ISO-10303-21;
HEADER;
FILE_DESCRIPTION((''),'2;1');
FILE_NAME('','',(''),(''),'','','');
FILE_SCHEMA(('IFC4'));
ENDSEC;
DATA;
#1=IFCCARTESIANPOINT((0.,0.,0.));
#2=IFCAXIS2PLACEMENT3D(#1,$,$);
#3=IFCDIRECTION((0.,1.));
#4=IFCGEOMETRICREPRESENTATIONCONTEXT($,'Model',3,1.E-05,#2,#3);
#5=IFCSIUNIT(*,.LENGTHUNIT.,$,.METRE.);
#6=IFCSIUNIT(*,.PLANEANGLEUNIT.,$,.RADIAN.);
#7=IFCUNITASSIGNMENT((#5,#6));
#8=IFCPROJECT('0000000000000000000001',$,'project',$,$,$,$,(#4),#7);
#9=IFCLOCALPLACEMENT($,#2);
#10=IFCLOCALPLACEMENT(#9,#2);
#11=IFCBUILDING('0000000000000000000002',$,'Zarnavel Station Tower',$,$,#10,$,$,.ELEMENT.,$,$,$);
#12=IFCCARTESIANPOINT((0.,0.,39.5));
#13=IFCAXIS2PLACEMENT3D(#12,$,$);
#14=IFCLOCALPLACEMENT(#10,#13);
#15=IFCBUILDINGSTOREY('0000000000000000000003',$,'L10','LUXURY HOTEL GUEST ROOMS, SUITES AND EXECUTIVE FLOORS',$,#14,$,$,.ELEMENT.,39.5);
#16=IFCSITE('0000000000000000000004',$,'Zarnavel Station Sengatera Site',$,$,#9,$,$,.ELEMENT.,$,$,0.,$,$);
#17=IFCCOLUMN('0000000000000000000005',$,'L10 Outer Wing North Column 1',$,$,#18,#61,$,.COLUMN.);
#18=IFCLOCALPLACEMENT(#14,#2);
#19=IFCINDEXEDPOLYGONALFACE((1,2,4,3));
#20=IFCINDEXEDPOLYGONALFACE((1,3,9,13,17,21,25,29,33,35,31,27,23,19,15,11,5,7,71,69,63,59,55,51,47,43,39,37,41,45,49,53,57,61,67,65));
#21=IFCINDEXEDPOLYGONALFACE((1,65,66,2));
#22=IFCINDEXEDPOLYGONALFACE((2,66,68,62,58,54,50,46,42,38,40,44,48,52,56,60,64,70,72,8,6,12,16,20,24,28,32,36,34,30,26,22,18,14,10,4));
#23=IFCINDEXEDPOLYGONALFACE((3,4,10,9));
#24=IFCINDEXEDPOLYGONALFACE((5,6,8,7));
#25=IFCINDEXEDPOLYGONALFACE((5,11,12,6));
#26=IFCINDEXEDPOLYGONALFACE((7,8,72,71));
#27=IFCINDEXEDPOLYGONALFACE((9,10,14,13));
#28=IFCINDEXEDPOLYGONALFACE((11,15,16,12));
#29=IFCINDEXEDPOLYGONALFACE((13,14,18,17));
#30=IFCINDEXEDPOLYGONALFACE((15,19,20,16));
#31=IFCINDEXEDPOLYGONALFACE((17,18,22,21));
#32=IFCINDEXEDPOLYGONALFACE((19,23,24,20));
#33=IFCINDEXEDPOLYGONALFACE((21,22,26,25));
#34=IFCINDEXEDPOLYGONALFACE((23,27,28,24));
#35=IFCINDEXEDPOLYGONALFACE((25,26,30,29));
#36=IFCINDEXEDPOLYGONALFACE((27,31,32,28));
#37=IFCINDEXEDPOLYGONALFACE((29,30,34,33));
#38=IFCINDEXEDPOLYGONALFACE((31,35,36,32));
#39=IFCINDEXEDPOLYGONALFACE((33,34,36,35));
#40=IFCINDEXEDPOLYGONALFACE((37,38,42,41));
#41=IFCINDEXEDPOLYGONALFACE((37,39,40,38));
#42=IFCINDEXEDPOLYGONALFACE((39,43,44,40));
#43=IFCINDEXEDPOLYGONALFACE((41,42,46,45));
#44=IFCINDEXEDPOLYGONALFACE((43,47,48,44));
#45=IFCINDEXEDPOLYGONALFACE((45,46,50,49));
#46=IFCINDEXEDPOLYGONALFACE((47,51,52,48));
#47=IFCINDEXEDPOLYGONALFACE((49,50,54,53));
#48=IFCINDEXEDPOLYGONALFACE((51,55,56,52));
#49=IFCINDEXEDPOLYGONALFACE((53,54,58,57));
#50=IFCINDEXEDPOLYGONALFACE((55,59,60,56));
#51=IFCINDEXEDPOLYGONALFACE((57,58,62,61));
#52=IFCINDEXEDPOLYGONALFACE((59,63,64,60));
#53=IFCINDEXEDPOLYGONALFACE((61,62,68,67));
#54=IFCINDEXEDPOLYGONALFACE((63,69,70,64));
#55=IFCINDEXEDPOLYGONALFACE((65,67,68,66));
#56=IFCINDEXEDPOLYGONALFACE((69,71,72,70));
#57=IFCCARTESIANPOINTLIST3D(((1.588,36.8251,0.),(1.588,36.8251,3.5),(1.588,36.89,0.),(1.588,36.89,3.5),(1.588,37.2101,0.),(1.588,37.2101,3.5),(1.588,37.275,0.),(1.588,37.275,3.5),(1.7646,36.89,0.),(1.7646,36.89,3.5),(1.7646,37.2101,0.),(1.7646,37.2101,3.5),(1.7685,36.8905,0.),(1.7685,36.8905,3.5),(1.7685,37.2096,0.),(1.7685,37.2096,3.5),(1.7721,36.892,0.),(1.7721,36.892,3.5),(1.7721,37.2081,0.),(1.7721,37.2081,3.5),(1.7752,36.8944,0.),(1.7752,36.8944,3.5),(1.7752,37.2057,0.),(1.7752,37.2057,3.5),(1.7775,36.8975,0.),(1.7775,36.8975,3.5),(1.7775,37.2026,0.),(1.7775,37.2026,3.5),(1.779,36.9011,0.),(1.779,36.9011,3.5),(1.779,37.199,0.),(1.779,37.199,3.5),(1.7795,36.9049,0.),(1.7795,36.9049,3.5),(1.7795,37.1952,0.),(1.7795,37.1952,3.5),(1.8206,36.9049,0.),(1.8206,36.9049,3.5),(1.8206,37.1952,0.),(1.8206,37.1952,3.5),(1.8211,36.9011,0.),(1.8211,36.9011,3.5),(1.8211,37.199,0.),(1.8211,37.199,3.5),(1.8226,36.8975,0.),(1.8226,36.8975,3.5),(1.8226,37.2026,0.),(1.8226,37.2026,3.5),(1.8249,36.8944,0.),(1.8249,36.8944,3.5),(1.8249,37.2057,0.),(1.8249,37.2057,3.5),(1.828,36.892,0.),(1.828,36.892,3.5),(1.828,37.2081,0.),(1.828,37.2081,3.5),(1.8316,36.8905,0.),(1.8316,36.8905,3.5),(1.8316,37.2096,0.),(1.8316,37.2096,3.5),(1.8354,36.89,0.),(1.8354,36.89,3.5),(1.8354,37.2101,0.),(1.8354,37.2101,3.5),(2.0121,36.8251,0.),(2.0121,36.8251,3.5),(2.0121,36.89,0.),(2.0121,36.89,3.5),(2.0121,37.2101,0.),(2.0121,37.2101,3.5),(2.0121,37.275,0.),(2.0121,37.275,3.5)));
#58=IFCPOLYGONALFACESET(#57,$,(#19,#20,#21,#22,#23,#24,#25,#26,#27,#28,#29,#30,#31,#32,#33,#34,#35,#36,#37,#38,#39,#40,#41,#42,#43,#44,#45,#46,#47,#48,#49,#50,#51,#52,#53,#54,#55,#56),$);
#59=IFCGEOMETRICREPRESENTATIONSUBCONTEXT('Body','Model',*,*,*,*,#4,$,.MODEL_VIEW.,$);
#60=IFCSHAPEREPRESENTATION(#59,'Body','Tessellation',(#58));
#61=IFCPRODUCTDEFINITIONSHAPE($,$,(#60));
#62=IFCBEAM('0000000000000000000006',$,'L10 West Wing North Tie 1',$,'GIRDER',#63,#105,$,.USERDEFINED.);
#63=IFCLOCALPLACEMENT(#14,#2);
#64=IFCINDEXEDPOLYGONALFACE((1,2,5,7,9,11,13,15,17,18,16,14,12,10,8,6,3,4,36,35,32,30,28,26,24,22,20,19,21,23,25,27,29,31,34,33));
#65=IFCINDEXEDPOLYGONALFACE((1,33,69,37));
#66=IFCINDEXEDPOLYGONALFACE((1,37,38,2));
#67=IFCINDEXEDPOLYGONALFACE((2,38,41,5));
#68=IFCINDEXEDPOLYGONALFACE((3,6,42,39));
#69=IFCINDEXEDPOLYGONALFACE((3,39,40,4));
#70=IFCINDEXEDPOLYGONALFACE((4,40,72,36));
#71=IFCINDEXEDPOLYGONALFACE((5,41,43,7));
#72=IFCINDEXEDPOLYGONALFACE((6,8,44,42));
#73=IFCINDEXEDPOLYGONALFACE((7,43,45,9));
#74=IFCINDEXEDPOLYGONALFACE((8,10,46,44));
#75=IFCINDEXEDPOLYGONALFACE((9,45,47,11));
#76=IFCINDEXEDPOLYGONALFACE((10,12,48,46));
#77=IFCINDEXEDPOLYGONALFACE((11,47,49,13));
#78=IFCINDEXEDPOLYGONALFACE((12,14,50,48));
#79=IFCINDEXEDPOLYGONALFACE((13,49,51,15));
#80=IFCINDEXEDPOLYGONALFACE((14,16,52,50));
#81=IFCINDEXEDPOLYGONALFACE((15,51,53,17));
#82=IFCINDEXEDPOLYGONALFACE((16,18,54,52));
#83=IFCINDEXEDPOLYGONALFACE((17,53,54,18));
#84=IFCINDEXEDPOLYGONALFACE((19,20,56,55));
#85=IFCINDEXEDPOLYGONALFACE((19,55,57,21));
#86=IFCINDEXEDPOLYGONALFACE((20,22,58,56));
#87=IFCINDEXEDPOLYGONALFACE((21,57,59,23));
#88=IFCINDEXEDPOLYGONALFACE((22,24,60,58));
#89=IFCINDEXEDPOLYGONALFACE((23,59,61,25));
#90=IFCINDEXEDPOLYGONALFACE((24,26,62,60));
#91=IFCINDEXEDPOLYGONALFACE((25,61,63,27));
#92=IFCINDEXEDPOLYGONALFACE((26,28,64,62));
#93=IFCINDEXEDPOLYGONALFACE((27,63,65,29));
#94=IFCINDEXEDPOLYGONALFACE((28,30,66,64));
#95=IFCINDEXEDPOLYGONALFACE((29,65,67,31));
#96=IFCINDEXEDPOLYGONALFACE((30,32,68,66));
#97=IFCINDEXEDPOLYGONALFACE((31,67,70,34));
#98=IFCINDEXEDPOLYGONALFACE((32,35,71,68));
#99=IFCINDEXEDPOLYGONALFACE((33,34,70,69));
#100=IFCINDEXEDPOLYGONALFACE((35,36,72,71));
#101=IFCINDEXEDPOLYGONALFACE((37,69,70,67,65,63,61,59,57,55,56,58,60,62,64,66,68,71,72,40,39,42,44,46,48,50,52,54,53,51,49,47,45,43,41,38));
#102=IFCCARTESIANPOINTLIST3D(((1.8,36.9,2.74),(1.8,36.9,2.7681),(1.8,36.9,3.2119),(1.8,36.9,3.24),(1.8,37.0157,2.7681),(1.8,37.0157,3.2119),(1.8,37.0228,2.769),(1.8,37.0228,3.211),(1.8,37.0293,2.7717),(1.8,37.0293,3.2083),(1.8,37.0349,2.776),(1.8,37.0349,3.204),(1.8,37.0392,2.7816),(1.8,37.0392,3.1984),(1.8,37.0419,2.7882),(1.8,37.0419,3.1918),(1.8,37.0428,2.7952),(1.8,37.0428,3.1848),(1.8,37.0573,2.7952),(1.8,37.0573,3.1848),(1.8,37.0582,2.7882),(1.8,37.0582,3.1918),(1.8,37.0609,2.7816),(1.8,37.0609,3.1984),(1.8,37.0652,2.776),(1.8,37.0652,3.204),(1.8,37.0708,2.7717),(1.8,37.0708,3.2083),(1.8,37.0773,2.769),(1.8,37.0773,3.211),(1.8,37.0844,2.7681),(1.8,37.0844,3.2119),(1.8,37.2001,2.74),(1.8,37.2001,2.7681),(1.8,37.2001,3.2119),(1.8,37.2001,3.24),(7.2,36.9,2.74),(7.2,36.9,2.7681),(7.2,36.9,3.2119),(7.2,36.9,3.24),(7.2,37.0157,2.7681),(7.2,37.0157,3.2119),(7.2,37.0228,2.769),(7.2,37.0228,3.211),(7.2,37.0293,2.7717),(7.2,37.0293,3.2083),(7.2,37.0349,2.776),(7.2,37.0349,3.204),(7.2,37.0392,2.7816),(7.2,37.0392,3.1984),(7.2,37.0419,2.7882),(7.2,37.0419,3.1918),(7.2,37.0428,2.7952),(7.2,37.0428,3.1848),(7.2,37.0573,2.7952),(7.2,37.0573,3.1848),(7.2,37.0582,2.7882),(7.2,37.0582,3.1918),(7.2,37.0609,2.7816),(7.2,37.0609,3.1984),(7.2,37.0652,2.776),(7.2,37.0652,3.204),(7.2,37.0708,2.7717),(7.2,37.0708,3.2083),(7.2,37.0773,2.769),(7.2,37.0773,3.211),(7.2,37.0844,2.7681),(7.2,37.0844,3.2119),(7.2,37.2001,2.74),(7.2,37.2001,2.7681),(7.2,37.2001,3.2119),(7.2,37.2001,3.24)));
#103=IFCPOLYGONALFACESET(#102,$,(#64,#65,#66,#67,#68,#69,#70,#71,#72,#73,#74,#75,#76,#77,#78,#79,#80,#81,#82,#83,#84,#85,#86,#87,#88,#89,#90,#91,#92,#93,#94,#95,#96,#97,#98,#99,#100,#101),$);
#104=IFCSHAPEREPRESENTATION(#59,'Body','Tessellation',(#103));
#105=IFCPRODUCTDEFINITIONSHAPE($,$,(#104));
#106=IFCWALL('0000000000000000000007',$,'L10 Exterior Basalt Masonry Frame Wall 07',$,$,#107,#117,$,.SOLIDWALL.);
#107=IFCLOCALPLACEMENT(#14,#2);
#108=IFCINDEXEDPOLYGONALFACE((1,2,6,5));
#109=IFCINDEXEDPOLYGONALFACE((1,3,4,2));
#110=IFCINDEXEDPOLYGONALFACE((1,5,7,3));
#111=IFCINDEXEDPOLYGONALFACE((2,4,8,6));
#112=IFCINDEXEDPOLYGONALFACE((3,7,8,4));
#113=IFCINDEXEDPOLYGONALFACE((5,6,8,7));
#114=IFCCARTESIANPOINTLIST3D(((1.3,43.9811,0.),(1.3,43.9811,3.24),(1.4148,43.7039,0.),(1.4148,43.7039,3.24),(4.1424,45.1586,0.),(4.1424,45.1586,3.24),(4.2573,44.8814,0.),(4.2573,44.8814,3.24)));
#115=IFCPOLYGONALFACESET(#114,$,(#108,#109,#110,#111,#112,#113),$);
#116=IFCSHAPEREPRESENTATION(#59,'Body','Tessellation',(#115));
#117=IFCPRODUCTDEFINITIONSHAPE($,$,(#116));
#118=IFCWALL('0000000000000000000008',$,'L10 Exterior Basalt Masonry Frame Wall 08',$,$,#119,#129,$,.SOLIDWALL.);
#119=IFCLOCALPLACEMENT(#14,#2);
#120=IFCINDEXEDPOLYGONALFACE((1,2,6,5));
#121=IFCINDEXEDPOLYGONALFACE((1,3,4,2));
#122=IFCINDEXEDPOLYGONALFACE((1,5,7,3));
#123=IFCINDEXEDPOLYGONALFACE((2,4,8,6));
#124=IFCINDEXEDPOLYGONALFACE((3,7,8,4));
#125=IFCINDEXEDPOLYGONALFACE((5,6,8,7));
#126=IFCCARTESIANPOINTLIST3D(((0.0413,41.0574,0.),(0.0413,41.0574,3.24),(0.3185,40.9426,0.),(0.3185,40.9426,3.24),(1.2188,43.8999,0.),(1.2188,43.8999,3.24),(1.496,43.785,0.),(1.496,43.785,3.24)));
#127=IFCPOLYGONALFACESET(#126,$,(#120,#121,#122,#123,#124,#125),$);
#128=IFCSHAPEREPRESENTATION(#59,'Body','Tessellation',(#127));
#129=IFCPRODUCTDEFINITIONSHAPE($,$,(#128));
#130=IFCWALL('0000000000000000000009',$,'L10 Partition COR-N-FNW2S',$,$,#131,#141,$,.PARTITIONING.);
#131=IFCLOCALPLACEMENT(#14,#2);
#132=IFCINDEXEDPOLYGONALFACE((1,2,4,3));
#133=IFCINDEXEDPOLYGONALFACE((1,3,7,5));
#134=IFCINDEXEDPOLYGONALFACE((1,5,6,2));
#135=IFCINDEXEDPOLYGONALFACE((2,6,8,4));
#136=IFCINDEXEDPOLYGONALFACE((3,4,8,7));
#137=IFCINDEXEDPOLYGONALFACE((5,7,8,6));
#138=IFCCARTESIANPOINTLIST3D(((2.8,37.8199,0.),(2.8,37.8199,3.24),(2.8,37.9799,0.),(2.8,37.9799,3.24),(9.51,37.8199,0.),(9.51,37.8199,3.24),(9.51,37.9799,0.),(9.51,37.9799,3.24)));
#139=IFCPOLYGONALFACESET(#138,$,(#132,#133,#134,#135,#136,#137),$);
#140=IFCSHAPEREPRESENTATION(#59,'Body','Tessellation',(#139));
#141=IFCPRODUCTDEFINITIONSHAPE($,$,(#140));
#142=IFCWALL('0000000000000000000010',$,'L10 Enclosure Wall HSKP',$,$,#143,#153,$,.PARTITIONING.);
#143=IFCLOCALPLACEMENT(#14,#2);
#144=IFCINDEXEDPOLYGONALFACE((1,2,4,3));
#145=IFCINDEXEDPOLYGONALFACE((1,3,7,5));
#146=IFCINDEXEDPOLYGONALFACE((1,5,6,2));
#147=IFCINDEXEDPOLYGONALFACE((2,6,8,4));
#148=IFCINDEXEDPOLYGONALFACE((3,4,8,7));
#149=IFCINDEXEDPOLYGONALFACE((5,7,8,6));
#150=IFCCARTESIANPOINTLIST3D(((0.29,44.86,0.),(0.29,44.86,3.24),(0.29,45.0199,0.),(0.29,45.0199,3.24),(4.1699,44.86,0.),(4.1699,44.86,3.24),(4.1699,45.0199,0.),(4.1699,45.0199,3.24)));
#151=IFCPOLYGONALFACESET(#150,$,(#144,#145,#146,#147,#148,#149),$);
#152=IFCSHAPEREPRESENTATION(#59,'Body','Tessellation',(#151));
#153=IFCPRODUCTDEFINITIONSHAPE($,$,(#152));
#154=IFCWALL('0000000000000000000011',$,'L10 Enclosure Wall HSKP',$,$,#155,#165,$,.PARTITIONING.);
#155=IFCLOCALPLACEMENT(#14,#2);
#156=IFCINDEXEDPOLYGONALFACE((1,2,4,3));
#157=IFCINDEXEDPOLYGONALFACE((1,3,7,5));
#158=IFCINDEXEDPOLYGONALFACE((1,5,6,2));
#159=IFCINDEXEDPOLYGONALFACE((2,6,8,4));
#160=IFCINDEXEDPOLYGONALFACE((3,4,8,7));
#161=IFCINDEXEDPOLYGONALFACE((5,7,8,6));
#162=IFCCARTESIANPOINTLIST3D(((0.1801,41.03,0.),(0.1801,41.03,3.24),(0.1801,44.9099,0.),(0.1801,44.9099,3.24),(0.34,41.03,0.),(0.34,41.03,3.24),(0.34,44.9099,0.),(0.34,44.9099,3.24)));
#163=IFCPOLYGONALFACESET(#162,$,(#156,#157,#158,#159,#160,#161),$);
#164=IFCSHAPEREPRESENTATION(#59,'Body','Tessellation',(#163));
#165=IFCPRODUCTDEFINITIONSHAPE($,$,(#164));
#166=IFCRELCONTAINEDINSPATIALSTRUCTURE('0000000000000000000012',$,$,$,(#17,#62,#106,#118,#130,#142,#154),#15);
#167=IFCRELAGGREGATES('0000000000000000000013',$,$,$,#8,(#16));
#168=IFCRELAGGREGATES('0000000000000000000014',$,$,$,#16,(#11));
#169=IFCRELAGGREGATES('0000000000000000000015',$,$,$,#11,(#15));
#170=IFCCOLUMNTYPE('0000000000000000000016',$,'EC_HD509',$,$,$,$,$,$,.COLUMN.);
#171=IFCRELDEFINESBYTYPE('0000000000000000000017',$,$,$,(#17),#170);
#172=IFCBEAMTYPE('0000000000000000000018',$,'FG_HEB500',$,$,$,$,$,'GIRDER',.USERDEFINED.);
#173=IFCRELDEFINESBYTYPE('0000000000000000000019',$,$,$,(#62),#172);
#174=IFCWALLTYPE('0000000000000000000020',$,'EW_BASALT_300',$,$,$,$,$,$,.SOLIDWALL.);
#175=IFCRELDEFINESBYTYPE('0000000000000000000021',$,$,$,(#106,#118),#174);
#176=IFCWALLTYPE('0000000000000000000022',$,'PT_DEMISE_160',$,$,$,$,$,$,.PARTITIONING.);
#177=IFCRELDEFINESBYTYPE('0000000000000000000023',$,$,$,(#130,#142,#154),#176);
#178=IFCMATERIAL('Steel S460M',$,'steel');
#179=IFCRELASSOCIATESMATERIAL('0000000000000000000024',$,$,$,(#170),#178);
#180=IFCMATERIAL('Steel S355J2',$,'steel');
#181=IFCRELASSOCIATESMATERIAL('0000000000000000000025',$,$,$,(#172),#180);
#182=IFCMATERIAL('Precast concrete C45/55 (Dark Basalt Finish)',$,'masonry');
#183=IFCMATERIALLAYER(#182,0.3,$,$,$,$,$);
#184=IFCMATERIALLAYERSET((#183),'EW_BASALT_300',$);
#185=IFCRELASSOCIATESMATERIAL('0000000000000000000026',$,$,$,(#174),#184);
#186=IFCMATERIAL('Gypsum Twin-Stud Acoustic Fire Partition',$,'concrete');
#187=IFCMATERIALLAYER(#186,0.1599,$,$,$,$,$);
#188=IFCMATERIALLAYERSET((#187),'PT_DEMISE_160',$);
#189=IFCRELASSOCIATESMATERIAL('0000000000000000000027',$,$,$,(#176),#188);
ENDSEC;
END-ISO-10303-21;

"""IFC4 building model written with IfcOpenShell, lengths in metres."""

from ifc_helpers import new_model, si_unit, direction, frame, frame_2d, origin, origin_2d, place, context, subcontext, project, spatial, rectangle, i_section, extrude, material, layer, layer_set, material_profile, profile_set, type_object, element, save


model = new_model("IFC4")

# Units and contexts
model_context = context("Model", 3, precision=1e-05, world=origin(), true_north=direction((0.0, 1.0)))
body_context = subcontext(model_context, "Body", "Model", "MODEL_VIEW")
ifc_project = project(units=[si_unit("LENGTHUNIT", "METRE"), si_unit("PLANEANGLEUNIT", "RADIAN")], contexts=[model_context])

# Site, building, storey
site_placement = place(None, origin())
site = spatial("IfcSite", under=ifc_project, at=site_placement, Name="Zarnavel Station Sengatera Site", CompositionType="ELEMENT", RefElevation=0.0)
building_placement = place(site_placement, origin())
building = spatial("IfcBuilding", under=site, at=building_placement, Name="Zarnavel Station Tower", CompositionType="ELEMENT")
storey_placement = place(building_placement, frame((0.0, 0.0, 39.5)))
storey = spatial("IfcBuildingStorey", under=building, at=storey_placement, Name="L10", Description="LUXURY HOTEL GUEST ROOMS, SUITES AND EXECUTIVE FLOORS", CompositionType="ELEMENT", Elevation=39.5)

# Column
ifc_material_1 = material(Name="Steel S460M", Category="steel")
ifc_material_profile_1 = material_profile(ifc_material_1, i_section(OverallWidth=0.4241, OverallDepth=0.45, WebThickness=0.041, FlangeThickness=0.0649, FilletRadius=0.0149, at=origin_2d()), Name="HD400x509")
ifc_profile_set_1 = profile_set([ifc_material_profile_1], Name="Steel S460M")
column_type = type_object("IfcColumnType", Name="EC_HD509", PredefinedType="COLUMN", material=ifc_profile_set_1)
column_placement = place(storey_placement, frame((1.8, 37.05, 0.0), z_axis=(0.0, 0.0, 1.0), x_axis=(1.0, 0.0, 0.0)))
element("IfcColumn", 1, at=column_placement, inside=storey, type_object=column_type, Name="L10 Outer Wing North Column 1", PredefinedType="COLUMN", context=body_context, shape_type="SweptSolid", body=[
    extrude(i_section(OverallWidth=0.4241, OverallDepth=0.45, WebThickness=0.041, FlangeThickness=0.0649, FilletRadius=0.0149, at=origin_2d()), origin(), (0.0, 0.0, 1.0), 3.5),
])

# Beam
ifc_material_2 = material(Name="Steel S355J2", Category="steel")
ifc_material_profile_2 = material_profile(ifc_material_2, i_section(OverallWidth=0.3, OverallDepth=0.5, WebThickness=0.0144, FlangeThickness=0.0281, FilletRadius=0.0271, at=origin_2d()), Name="HEB500")
ifc_profile_set_2 = profile_set([ifc_material_profile_2], Name="Steel S355J2")
beam_type = type_object("IfcBeamType", Name="FG_HEB500", ElementType="GIRDER", PredefinedType="USERDEFINED", material=ifc_profile_set_2)
beam_placement = place(storey_placement, frame((1.8, 37.05, 2.99), z_axis=(1.0, 0.0, 0.0), x_axis=(0.0, 1.0, 0.0)))
element("IfcBeam", 2, at=beam_placement, inside=storey, type_object=beam_type, Name="L10 West Wing North Tie 1", ObjectType="GIRDER", PredefinedType="USERDEFINED", context=body_context, shape_type="SweptSolid", body=[
    extrude(i_section(OverallWidth=0.3, OverallDepth=0.5, WebThickness=0.0144, FlangeThickness=0.0281, FilletRadius=0.0271, at=origin_2d()), origin(), (0.0, 0.0, 1.0), 5.3999),
])

# Shared definitions
ifc_material_3 = material(Name="Precast concrete C45/55 (Dark Basalt Finish)", Category="masonry")
ifc_layer_1 = layer(ifc_material_3, 0.3)
ifc_layer_set_1 = layer_set([ifc_layer_1], Name="EW_BASALT_300")
wall_type_1 = type_object("IfcWallType", Name="EW_BASALT_300", PredefinedType="SOLIDWALL", material=ifc_layer_set_1)

# Walls
for number, where, z_axis, x_axis, name in (
    (3, (1.3574, 43.8425, 0.0), (0.0, 0.0, 1.0), (0.923871, 0.382705, 0.0), "L10 Exterior Basalt Masonry Frame Wall 07"),
    (4, (0.1799, 41.0, 0.0), (0.0, 0.0, 1.0), (0.382705, 0.923871, 0.0), "L10 Exterior Basalt Masonry Frame Wall 08"),
):
    element("IfcWall", number, at=place(storey_placement, frame(where, z_axis=z_axis, x_axis=x_axis)), inside=storey, type_object=wall_type_1, Name=name, PredefinedType="SOLIDWALL", context=body_context, shape_type="SweptSolid", body=[
        extrude(rectangle(XDim=3.0767, YDim=0.3, at=frame_2d((1.5383, 0.0))), origin(), (0.0, 0.0, 1.0), 3.24),
    ])
ifc_material_4 = material(Name="Gypsum Twin-Stud Acoustic Fire Partition", Category="concrete")
ifc_layer_2 = layer(ifc_material_4, 0.1599)
ifc_layer_set_2 = layer_set([ifc_layer_2], Name="PT_DEMISE_160")
wall_type_2 = type_object("IfcWallType", Name="PT_DEMISE_160", PredefinedType="PARTITIONING", material=ifc_layer_set_2)
wall_1_placement = place(storey_placement, frame((2.8, 37.8999, 0.0), z_axis=(0.0, 0.0, 1.0), x_axis=(1.0, 0.0, 0.0)))
element("IfcWall", 5, at=wall_1_placement, inside=storey, type_object=wall_type_2, Name="L10 Partition COR-N-FNW2S", PredefinedType="PARTITIONING", context=body_context, shape_type="SweptSolid", body=[
    extrude(rectangle(XDim=6.71, YDim=0.1599, at=frame_2d((3.355, 0.0))), origin(), (0.0, 0.0, 1.0), 3.24),
])
for number, where, z_axis, x_axis, name in (
    (6, (0.29, 44.9399, 0.0), (0.0, 0.0, 1.0), (1.0, 0.0, 0.0), "L10 Enclosure Wall HSKP"),
    (7, (0.26, 41.03, 0.0), (0.0, 0.0, 1.0), (0.0, 1.0, 0.0), "L10 Enclosure Wall HSKP"),
):
    element("IfcWall", number, at=place(storey_placement, frame(where, z_axis=z_axis, x_axis=x_axis)), inside=storey, type_object=wall_type_2, Name=name, PredefinedType="PARTITIONING", context=body_context, shape_type="SweptSolid", body=[
        extrude(rectangle(XDim=3.8799, YDim=0.1599, at=frame_2d((1.9399, 0.0))), origin(), (0.0, 0.0, 1.0), 3.24),
    ])

save(model, "model.ifc")
